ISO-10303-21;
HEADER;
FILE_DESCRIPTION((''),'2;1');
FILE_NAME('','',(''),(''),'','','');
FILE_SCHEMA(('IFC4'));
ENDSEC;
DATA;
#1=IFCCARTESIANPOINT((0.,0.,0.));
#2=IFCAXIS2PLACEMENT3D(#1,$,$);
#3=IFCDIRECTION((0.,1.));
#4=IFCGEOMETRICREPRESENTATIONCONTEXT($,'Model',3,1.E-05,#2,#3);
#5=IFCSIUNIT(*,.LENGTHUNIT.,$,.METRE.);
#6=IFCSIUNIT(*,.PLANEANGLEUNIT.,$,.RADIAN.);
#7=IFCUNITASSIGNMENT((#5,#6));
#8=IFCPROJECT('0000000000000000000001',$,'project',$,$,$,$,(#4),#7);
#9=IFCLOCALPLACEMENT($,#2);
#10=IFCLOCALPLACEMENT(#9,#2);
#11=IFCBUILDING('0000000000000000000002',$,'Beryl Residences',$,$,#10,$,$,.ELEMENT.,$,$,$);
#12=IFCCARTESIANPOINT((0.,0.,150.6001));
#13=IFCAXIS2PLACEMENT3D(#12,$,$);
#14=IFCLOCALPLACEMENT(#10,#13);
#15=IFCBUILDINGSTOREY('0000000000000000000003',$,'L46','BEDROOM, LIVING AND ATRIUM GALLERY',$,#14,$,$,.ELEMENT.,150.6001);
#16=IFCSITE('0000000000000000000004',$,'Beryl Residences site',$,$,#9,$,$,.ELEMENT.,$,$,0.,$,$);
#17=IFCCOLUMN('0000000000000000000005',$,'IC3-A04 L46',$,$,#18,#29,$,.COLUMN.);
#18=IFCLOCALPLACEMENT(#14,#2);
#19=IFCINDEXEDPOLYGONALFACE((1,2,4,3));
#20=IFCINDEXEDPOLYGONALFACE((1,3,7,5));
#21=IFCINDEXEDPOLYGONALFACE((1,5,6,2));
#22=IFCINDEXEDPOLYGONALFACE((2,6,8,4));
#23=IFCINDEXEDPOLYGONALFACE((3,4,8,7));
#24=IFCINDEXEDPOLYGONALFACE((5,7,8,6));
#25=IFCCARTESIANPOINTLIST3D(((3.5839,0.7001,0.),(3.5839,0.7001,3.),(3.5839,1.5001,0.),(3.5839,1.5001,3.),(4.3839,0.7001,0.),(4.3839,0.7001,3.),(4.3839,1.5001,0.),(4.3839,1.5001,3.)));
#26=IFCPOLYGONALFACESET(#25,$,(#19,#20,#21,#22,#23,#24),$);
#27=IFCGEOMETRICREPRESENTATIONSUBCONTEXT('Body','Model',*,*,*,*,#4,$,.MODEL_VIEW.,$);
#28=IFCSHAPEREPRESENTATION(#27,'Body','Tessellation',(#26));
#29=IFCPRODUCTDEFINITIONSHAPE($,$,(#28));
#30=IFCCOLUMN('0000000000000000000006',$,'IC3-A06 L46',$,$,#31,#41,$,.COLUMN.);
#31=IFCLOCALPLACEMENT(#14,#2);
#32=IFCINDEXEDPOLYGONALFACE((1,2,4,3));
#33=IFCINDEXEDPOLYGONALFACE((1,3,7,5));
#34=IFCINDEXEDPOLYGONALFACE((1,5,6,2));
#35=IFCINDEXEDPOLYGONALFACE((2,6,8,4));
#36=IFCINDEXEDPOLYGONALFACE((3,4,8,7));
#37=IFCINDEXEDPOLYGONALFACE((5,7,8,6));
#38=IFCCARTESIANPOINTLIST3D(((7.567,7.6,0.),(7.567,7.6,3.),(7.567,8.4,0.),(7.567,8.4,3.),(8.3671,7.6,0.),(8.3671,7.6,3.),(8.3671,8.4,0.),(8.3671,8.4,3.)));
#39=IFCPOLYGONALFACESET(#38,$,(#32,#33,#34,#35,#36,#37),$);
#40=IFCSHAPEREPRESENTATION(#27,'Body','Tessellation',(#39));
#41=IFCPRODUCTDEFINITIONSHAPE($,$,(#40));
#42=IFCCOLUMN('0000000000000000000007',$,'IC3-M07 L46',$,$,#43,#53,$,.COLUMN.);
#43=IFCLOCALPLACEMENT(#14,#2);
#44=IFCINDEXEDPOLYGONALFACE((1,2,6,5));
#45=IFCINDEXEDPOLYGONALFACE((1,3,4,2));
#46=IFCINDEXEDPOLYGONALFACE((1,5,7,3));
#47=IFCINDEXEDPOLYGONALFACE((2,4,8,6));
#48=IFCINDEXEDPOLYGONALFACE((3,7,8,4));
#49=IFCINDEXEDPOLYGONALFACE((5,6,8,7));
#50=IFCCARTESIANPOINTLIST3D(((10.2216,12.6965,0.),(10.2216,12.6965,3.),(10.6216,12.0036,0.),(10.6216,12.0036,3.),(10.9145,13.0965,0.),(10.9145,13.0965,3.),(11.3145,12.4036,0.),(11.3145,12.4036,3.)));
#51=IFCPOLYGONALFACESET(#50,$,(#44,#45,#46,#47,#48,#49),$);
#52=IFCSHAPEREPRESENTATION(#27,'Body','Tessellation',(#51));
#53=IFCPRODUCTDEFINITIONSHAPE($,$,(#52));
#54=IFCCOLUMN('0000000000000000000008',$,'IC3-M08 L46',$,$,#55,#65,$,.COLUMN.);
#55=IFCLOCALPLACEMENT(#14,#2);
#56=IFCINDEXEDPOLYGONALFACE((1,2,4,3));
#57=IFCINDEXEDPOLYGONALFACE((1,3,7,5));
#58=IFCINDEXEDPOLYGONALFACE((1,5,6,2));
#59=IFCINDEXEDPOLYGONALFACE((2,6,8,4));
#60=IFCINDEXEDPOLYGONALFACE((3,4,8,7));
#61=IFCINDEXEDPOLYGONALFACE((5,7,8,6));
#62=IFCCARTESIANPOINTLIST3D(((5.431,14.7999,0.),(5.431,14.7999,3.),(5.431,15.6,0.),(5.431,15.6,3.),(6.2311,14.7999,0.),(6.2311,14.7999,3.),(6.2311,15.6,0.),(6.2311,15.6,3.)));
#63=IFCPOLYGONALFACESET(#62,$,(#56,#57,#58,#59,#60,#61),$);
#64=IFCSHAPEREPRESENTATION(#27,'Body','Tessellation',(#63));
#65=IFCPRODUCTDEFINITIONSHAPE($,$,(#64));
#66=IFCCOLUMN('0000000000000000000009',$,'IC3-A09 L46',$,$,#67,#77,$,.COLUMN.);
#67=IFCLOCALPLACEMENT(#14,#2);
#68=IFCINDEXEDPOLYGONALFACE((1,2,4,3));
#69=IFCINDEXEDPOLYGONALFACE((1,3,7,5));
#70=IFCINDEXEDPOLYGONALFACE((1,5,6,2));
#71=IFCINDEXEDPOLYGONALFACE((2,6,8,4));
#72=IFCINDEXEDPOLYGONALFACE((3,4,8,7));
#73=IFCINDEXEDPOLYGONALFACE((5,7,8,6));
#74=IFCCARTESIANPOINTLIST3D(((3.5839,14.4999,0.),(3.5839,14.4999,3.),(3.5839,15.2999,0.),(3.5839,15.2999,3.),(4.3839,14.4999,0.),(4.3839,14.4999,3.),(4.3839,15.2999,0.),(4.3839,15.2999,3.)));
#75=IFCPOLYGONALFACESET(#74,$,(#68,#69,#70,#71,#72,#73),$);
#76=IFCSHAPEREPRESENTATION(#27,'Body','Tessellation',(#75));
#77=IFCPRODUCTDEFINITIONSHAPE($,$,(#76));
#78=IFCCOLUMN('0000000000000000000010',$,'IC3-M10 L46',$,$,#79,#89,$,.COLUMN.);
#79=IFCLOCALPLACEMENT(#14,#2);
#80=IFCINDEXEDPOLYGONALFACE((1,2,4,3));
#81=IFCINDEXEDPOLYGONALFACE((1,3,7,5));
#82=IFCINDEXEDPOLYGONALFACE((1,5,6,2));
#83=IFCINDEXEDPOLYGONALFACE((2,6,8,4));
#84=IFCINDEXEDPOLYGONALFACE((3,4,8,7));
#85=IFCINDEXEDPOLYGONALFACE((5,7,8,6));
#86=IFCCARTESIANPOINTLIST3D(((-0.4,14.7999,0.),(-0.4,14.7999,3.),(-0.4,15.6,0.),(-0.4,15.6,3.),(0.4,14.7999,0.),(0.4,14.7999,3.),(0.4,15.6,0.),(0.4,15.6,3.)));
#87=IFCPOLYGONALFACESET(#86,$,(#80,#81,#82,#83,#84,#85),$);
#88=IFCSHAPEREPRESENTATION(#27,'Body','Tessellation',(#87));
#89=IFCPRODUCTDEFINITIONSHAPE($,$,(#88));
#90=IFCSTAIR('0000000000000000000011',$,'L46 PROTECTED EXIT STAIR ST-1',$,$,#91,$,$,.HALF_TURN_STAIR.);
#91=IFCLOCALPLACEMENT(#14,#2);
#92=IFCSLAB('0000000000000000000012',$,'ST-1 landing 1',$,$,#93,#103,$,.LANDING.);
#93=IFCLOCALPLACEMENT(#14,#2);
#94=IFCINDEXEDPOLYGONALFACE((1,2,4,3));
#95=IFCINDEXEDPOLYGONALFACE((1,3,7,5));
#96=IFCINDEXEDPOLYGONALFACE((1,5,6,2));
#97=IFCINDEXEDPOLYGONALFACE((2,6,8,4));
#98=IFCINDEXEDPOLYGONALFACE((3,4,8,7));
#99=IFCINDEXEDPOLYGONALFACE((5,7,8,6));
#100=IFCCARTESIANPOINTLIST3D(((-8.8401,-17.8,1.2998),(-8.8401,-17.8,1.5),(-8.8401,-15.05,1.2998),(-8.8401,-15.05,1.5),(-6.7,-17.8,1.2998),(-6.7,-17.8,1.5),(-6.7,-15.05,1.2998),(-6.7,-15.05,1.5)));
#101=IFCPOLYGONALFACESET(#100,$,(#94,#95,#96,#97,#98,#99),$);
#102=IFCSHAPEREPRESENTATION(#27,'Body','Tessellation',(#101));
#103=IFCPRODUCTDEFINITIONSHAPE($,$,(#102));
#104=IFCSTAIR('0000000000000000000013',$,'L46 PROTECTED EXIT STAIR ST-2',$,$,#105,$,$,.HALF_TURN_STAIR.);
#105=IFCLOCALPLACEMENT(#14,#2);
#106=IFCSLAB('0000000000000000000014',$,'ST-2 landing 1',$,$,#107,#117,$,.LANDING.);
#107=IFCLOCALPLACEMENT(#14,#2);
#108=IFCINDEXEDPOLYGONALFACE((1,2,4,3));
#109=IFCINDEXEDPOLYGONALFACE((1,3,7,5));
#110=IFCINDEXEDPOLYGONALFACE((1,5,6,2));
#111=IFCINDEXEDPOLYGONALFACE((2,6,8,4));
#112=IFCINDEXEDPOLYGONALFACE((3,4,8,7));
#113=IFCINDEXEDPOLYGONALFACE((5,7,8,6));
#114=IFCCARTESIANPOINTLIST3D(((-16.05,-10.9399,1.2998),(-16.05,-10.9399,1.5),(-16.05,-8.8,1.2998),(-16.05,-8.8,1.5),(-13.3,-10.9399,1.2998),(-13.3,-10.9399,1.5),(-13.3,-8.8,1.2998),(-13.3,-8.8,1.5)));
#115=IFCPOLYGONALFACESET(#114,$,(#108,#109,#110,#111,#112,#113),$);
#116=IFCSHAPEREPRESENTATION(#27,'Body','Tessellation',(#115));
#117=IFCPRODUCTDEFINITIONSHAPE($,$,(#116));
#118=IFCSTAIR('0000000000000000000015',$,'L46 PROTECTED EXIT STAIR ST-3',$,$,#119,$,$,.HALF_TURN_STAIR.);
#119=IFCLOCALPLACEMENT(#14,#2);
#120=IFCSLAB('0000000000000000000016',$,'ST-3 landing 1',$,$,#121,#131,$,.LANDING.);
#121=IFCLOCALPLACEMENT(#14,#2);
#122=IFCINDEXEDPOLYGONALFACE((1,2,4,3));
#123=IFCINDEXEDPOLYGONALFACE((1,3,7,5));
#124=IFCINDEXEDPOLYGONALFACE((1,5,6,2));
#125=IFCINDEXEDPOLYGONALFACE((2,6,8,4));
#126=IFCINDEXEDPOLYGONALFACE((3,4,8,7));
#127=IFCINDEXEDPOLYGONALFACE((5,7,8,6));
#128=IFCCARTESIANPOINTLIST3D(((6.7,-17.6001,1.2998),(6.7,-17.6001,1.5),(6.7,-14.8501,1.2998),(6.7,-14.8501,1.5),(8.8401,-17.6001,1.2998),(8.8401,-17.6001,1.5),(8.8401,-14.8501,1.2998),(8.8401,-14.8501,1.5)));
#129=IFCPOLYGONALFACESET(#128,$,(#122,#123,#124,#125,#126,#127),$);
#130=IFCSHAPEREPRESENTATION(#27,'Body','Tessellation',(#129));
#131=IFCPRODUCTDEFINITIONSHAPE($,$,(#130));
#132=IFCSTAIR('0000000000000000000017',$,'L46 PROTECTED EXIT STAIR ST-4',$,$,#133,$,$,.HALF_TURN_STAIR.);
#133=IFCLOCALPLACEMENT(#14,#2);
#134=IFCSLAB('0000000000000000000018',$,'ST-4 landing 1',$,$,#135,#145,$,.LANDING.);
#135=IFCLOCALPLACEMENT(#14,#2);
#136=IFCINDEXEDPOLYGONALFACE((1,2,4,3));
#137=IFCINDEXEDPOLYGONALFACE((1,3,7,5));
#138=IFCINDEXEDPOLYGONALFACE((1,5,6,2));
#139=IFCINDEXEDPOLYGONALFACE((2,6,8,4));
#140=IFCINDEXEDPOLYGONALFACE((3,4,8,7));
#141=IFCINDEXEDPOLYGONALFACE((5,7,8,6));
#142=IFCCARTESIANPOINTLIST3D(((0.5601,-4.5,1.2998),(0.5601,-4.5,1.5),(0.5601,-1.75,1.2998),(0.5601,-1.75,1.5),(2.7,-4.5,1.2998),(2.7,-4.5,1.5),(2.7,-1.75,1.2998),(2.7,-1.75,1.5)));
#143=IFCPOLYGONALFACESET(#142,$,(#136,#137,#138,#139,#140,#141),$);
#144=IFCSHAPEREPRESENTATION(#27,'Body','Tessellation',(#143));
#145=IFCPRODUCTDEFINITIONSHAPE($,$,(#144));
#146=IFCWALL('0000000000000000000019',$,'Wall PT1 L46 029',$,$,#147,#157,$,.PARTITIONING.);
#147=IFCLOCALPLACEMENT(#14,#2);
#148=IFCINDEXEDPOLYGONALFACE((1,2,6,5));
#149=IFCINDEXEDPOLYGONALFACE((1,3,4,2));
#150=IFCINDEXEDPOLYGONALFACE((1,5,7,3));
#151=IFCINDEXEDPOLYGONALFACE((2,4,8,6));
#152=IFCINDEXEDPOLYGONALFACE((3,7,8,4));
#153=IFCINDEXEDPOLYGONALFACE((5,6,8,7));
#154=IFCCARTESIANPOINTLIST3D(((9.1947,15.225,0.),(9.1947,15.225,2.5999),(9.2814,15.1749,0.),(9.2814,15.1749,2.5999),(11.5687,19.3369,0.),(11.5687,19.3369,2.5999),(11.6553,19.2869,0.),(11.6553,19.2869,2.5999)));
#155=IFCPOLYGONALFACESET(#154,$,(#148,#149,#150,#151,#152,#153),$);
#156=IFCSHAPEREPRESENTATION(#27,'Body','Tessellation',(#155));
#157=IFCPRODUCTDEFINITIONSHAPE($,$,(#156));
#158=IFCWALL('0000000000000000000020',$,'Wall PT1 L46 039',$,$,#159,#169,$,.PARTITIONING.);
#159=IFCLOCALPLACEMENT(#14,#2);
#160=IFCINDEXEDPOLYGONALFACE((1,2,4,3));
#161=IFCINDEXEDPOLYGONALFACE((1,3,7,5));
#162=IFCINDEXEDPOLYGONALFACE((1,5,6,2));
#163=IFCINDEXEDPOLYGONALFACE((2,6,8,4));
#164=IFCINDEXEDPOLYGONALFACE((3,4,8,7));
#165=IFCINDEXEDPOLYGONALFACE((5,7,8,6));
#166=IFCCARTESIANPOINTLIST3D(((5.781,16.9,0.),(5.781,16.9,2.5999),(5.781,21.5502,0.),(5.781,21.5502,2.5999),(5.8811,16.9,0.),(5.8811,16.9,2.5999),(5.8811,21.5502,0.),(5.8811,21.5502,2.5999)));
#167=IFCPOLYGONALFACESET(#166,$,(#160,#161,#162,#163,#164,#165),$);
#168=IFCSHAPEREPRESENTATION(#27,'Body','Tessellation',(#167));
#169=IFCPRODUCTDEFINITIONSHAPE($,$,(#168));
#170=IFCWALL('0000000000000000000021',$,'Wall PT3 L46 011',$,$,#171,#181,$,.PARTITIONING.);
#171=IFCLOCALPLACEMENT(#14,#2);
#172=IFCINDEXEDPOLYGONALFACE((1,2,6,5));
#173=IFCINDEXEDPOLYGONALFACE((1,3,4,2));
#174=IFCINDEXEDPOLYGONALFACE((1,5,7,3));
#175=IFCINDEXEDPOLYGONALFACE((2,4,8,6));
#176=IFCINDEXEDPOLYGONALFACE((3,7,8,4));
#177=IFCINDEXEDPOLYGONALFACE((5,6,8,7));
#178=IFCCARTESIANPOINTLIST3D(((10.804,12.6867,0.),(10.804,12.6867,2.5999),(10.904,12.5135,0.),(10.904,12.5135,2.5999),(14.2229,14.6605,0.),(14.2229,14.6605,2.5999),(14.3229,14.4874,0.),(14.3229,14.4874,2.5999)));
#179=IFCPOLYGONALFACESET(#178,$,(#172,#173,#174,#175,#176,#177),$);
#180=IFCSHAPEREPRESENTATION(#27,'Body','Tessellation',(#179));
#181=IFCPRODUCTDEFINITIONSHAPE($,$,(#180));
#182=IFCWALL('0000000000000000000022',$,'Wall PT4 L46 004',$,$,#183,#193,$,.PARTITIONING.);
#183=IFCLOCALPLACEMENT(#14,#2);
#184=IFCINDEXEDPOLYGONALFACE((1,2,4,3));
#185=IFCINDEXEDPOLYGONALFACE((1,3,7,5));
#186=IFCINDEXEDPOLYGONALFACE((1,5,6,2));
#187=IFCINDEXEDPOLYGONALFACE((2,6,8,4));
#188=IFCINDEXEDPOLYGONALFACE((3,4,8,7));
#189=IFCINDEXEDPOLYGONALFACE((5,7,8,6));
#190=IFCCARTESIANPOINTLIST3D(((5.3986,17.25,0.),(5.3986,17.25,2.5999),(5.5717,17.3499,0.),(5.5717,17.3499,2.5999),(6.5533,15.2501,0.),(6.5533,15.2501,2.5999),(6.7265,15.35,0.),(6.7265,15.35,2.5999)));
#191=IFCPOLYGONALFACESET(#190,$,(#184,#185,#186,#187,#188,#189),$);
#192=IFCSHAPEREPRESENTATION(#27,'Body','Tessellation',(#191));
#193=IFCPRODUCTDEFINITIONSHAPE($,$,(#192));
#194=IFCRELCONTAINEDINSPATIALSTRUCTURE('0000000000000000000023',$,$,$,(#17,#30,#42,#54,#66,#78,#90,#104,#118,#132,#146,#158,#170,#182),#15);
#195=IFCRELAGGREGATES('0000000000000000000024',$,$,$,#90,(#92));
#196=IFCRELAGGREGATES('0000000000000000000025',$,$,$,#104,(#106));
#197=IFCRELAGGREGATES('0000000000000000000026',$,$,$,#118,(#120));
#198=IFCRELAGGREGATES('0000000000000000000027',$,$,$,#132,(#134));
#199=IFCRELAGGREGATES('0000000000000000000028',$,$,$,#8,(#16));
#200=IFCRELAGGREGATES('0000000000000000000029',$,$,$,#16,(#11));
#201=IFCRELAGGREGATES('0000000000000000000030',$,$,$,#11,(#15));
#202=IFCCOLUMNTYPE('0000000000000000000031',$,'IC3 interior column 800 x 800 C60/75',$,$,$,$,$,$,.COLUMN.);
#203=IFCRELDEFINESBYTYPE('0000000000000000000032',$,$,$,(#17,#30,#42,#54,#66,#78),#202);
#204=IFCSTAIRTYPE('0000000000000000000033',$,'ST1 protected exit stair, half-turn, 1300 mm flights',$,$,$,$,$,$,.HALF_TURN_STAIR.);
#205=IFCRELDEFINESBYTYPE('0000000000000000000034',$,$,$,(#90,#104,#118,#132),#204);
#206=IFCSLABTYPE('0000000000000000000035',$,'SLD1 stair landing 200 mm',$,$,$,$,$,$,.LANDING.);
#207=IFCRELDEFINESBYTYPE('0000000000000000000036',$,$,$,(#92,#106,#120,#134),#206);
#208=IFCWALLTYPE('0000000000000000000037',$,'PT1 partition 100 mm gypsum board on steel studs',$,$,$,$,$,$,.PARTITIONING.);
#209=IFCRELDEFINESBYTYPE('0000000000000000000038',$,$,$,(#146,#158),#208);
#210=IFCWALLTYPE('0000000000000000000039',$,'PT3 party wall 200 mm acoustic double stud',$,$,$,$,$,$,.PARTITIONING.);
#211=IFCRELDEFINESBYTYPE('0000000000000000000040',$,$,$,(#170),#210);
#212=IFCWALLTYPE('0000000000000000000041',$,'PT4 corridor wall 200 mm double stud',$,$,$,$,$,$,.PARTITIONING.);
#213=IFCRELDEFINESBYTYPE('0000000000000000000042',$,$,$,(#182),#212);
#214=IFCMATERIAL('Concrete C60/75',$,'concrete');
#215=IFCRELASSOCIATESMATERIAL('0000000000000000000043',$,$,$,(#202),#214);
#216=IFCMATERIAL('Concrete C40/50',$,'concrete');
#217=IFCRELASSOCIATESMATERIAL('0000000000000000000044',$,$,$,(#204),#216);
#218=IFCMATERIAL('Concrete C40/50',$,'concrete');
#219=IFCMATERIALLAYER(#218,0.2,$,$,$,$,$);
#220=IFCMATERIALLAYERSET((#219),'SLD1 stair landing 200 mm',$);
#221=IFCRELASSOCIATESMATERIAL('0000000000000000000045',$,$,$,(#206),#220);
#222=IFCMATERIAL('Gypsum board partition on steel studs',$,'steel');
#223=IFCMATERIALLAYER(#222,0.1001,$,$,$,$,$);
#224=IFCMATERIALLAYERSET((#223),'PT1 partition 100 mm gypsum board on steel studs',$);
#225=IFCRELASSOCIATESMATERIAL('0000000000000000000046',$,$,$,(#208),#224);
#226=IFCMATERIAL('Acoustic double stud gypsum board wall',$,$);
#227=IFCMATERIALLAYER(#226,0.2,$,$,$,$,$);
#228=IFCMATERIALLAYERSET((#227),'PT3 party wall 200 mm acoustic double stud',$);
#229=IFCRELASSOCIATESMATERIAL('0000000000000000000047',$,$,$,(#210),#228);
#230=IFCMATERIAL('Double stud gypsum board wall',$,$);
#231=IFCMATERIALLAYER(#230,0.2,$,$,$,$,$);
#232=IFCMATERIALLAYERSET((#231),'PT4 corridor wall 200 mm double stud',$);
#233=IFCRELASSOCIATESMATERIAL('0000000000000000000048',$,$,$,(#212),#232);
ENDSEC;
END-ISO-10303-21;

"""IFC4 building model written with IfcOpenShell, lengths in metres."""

from ifc_helpers import new_model, si_unit, direction, frame, frame_2d, origin, origin_2d, place, context, subcontext, project, spatial, polyline, rectangle, outline, extrude, material, layer, layer_set, material_profile, profile_set, type_object, element, aggregate, save


model = new_model("IFC4")

# Units and contexts
model_context = context("Model", 3, precision=1e-05, world=origin(), true_north=direction((0.0, 1.0)))
body_context = subcontext(model_context, "Body", "Model", "MODEL_VIEW")
ifc_project = project(units=[si_unit("LENGTHUNIT", "METRE"), si_unit("PLANEANGLEUNIT", "RADIAN")], contexts=[model_context])

# Site, building, storey
site_placement = place(None, origin())
site = spatial("IfcSite", under=ifc_project, at=site_placement, Name="Beryl Residences site", CompositionType="ELEMENT", RefElevation=0.0)
building_placement = place(site_placement, origin())
building = spatial("IfcBuilding", under=site, at=building_placement, Name="Beryl Residences", CompositionType="ELEMENT")
storey_placement = place(building_placement, frame((0.0, 0.0, 150.6001)))
storey = spatial("IfcBuildingStorey", under=building, at=storey_placement, Name="L46", Description="BEDROOM, LIVING AND ATRIUM GALLERY", CompositionType="ELEMENT", Elevation=150.6001)

# Columns
ifc_material_1 = material(Name="Concrete C60/75", Category="concrete")
ifc_material_profile = material_profile(ifc_material_1, rectangle(XDim=0.8, YDim=0.8, at=origin_2d()))
ifc_profile_set = profile_set([ifc_material_profile], Name="Concrete C60/75")
column_type = type_object("IfcColumnType", Name="IC3 interior column 800 x 800 C60/75", PredefinedType="COLUMN", material=ifc_profile_set)
for number, where, z_axis, x_axis, name in (
    (1, (3.9839, 1.1001, 0.0), (0.0, 0.0, 1.0), (1.0, 0.0, 0.0), "IC3-A04 L46"),
    (2, (7.967, 8.0, 0.0), (0.0, 0.0, 1.0), (1.0, 0.0, 0.0), "IC3-A06 L46"),
    (3, (10.7681, 12.55, 0.0), (0.0, 0.0, 1.0), (-0.5, 0.866025, 0.0), "IC3-M07 L46"),
    (4, (5.8311, 15.2, 0.0), (0.0, 0.0, 1.0), (-1.0, 0.0, 0.0), "IC3-M08 L46"),
    (5, (3.9839, 14.8999, 0.0), (0.0, 0.0, 1.0), (1.0, 0.0, 0.0), "IC3-A09 L46"),
    (6, (0.0, 15.2, 0.0), (0.0, 0.0, 1.0), (-1.0, 0.0, 0.0), "IC3-M10 L46"),
):
    element("IfcColumn", number, at=place(storey_placement, frame(where, z_axis=z_axis, x_axis=x_axis)), inside=storey, type_object=column_type, Name=name, PredefinedType="COLUMN", context=body_context, shape_type="SweptSolid", body=[
        extrude(rectangle(XDim=0.8, YDim=0.8, at=origin_2d()), origin(), (0.0, 0.0, 1.0), 3.0),
    ])

# Stairs, slabs
ifc_material_2 = material(Name="Concrete C40/50", Category="concrete")
stair_type = type_object("IfcStairType", Name="ST1 protected exit stair, half-turn, 1300 mm flights", PredefinedType="HALF_TURN_STAIR", material=ifc_material_2)
stair_1_placement = place(storey_placement, origin())
stair_1 = element("IfcStair", 7, at=stair_1_placement, inside=storey, type_object=stair_type, Name="L46 PROTECTED EXIT STAIR ST-1", PredefinedType="HALF_TURN_STAIR")
ifc_material_3 = material(Name="Concrete C40/50", Category="concrete")
ifc_layer_1 = layer(ifc_material_3, 0.2)
ifc_layer_set_1 = layer_set([ifc_layer_1], Name="SLD1 stair landing 200 mm")
slab_type_1 = type_object("IfcSlabType", Name="SLD1 stair landing 200 mm", PredefinedType="LANDING", material=ifc_layer_set_1)
slab_1_placement = place(storey_placement, frame((0.0, 0.0, 1.2998)))
slab_1 = element("IfcSlab", 8, at=slab_1_placement, type_object=slab_type_1, Name="ST-1 landing 1", PredefinedType="LANDING", context=body_context, shape_type="SweptSolid", body=[
    extrude(outline(polyline([(-8.8401, -17.8), (-6.7, -17.8), (-6.7, -15.05), (-8.8401, -15.05), (-8.8401, -17.8)])), origin(), (0.0, 0.0, 1.0), 0.2002),
])
aggregate(stair_1, [slab_1])
stair_2_placement = place(storey_placement, origin())
stair_2 = element("IfcStair", 9, at=stair_2_placement, inside=storey, type_object=stair_type, Name="L46 PROTECTED EXIT STAIR ST-2", PredefinedType="HALF_TURN_STAIR")
slab_2_placement = place(storey_placement, frame((0.0, 0.0, 1.2998)))
slab_2 = element("IfcSlab", 10, at=slab_2_placement, type_object=slab_type_1, Name="ST-2 landing 1", PredefinedType="LANDING", context=body_context, shape_type="SweptSolid", body=[
    extrude(outline(polyline([(-13.3, -10.9399), (-13.3, -8.8), (-16.05, -8.8), (-16.05, -10.9399), (-13.3, -10.9399)])), origin(), (0.0, 0.0, 1.0), 0.2002),
])
aggregate(stair_2, [slab_2])
stair_3_placement = place(storey_placement, origin())
stair_3 = element("IfcStair", 11, at=stair_3_placement, inside=storey, type_object=stair_type, Name="L46 PROTECTED EXIT STAIR ST-3", PredefinedType="HALF_TURN_STAIR")
slab_3_placement = place(storey_placement, frame((0.0, 0.0, 1.2998)))
slab_3 = element("IfcSlab", 12, at=slab_3_placement, type_object=slab_type_1, Name="ST-3 landing 1", PredefinedType="LANDING", context=body_context, shape_type="SweptSolid", body=[
    extrude(outline(polyline([(8.8401, -14.8501), (6.7, -14.8501), (6.7, -17.6001), (8.8401, -17.6001), (8.8401, -14.8501)])), origin(), (0.0, 0.0, 1.0), 0.2002),
])
aggregate(stair_3, [slab_3])
stair_4_placement = place(storey_placement, origin())
stair_4 = element("IfcStair", 13, at=stair_4_placement, inside=storey, type_object=stair_type, Name="L46 PROTECTED EXIT STAIR ST-4", PredefinedType="HALF_TURN_STAIR")
slab_4_placement = place(storey_placement, frame((0.0, 0.0, 1.2998)))
slab_4 = element("IfcSlab", 14, at=slab_4_placement, type_object=slab_type_1, Name="ST-4 landing 1", PredefinedType="LANDING", context=body_context, shape_type="SweptSolid", body=[
    extrude(outline(polyline([(0.5601, -4.5), (2.7, -4.5), (2.7, -1.75), (0.5601, -1.75), (0.5601, -4.5)])), origin(), (0.0, 0.0, 1.0), 0.2002),
])
aggregate(stair_4, [slab_4])

# Walls
ifc_material_4 = material(Name="Gypsum board partition on steel studs", Category="steel")
ifc_layer_2 = layer(ifc_material_4, 0.1001)
ifc_layer_set_2 = layer_set([ifc_layer_2], Name="PT1 partition 100 mm gypsum board on steel studs")
wall_type_1 = type_object("IfcWallType", Name="PT1 partition 100 mm gypsum board on steel studs", PredefinedType="PARTITIONING", material=ifc_layer_set_2)
wall_1_placement = place(storey_placement, frame((9.238, 15.2, 0.0), z_axis=(0.0, 0.0, 1.0), x_axis=(0.499988, 0.866032, 0.0)))
element("IfcWall", 15, at=wall_1_placement, inside=storey, type_object=wall_type_1, Name="Wall PT1 L46 029", PredefinedType="PARTITIONING", context=body_context, shape_type="SweptSolid", body=[
    extrude(rectangle(XDim=4.748, YDim=0.1001, at=frame_2d((2.374, 0.0))), origin(), (0.0, 0.0, 1.0), 2.5999),
])
wall_2_placement = place(storey_placement, frame((5.8311, 16.8999, 0.0), z_axis=(0.0, 0.0, 1.0), x_axis=(0.0, 1.0, 0.0)))
element("IfcWall", 16, at=wall_2_placement, inside=storey, type_object=wall_type_1, Name="Wall PT1 L46 039", PredefinedType="PARTITIONING", context=body_context, shape_type="SweptSolid", body=[
    extrude(rectangle(XDim=4.6501, YDim=0.1001, at=frame_2d((2.3252, 0.0))), origin(), (0.0, 0.0, 1.0), 2.5999),
])
ifc_material_5 = material(Name="Acoustic double stud gypsum board wall")
ifc_layer_3 = layer(ifc_material_5, 0.2)
ifc_layer_set_3 = layer_set([ifc_layer_3], Name="PT3 party wall 200 mm acoustic double stud")
wall_type_2 = type_object("IfcWallType", Name="PT3 party wall 200 mm acoustic double stud", PredefinedType="PARTITIONING", material=ifc_layer_set_3)
wall_3_placement = place(storey_placement, frame((10.854, 12.6001, 0.0), z_axis=(0.0, 0.0, 1.0), x_axis=(0.866031, 0.49999, 0.0)))
element("IfcWall", 17, at=wall_3_placement, inside=storey, type_object=wall_type_2, Name="Wall PT3 L46 011", PredefinedType="PARTITIONING", context=body_context, shape_type="SweptSolid", body=[
    extrude(rectangle(XDim=3.9478, YDim=0.2, at=frame_2d((1.9739, 0.0))), origin(), (0.0, 0.0, 1.0), 2.5999),
])
ifc_material_6 = material(Name="Double stud gypsum board wall")
ifc_layer_4 = layer(ifc_material_6, 0.2)
ifc_layer_set_4 = layer_set([ifc_layer_4], Name="PT4 corridor wall 200 mm double stud")
wall_type_3 = type_object("IfcWallType", Name="PT4 corridor wall 200 mm double stud", PredefinedType="PARTITIONING", material=ifc_layer_set_4)
wall_4_placement = place(storey_placement, frame((5.4851, 17.3, 0.0), z_axis=(0.0, 0.0, 1.0), x_axis=(0.500027, -0.86601, 0.0)))
element("IfcWall", 18, at=wall_4_placement, inside=storey, type_object=wall_type_3, Name="Wall PT4 L46 004", PredefinedType="PARTITIONING", context=body_context, shape_type="SweptSolid", body=[
    extrude(rectangle(XDim=2.3093, YDim=0.2, at=frame_2d((1.1548, 0.0))), origin(), (0.0, 0.0, 1.0), 2.5999),
])

save(model, "model.ifc")
